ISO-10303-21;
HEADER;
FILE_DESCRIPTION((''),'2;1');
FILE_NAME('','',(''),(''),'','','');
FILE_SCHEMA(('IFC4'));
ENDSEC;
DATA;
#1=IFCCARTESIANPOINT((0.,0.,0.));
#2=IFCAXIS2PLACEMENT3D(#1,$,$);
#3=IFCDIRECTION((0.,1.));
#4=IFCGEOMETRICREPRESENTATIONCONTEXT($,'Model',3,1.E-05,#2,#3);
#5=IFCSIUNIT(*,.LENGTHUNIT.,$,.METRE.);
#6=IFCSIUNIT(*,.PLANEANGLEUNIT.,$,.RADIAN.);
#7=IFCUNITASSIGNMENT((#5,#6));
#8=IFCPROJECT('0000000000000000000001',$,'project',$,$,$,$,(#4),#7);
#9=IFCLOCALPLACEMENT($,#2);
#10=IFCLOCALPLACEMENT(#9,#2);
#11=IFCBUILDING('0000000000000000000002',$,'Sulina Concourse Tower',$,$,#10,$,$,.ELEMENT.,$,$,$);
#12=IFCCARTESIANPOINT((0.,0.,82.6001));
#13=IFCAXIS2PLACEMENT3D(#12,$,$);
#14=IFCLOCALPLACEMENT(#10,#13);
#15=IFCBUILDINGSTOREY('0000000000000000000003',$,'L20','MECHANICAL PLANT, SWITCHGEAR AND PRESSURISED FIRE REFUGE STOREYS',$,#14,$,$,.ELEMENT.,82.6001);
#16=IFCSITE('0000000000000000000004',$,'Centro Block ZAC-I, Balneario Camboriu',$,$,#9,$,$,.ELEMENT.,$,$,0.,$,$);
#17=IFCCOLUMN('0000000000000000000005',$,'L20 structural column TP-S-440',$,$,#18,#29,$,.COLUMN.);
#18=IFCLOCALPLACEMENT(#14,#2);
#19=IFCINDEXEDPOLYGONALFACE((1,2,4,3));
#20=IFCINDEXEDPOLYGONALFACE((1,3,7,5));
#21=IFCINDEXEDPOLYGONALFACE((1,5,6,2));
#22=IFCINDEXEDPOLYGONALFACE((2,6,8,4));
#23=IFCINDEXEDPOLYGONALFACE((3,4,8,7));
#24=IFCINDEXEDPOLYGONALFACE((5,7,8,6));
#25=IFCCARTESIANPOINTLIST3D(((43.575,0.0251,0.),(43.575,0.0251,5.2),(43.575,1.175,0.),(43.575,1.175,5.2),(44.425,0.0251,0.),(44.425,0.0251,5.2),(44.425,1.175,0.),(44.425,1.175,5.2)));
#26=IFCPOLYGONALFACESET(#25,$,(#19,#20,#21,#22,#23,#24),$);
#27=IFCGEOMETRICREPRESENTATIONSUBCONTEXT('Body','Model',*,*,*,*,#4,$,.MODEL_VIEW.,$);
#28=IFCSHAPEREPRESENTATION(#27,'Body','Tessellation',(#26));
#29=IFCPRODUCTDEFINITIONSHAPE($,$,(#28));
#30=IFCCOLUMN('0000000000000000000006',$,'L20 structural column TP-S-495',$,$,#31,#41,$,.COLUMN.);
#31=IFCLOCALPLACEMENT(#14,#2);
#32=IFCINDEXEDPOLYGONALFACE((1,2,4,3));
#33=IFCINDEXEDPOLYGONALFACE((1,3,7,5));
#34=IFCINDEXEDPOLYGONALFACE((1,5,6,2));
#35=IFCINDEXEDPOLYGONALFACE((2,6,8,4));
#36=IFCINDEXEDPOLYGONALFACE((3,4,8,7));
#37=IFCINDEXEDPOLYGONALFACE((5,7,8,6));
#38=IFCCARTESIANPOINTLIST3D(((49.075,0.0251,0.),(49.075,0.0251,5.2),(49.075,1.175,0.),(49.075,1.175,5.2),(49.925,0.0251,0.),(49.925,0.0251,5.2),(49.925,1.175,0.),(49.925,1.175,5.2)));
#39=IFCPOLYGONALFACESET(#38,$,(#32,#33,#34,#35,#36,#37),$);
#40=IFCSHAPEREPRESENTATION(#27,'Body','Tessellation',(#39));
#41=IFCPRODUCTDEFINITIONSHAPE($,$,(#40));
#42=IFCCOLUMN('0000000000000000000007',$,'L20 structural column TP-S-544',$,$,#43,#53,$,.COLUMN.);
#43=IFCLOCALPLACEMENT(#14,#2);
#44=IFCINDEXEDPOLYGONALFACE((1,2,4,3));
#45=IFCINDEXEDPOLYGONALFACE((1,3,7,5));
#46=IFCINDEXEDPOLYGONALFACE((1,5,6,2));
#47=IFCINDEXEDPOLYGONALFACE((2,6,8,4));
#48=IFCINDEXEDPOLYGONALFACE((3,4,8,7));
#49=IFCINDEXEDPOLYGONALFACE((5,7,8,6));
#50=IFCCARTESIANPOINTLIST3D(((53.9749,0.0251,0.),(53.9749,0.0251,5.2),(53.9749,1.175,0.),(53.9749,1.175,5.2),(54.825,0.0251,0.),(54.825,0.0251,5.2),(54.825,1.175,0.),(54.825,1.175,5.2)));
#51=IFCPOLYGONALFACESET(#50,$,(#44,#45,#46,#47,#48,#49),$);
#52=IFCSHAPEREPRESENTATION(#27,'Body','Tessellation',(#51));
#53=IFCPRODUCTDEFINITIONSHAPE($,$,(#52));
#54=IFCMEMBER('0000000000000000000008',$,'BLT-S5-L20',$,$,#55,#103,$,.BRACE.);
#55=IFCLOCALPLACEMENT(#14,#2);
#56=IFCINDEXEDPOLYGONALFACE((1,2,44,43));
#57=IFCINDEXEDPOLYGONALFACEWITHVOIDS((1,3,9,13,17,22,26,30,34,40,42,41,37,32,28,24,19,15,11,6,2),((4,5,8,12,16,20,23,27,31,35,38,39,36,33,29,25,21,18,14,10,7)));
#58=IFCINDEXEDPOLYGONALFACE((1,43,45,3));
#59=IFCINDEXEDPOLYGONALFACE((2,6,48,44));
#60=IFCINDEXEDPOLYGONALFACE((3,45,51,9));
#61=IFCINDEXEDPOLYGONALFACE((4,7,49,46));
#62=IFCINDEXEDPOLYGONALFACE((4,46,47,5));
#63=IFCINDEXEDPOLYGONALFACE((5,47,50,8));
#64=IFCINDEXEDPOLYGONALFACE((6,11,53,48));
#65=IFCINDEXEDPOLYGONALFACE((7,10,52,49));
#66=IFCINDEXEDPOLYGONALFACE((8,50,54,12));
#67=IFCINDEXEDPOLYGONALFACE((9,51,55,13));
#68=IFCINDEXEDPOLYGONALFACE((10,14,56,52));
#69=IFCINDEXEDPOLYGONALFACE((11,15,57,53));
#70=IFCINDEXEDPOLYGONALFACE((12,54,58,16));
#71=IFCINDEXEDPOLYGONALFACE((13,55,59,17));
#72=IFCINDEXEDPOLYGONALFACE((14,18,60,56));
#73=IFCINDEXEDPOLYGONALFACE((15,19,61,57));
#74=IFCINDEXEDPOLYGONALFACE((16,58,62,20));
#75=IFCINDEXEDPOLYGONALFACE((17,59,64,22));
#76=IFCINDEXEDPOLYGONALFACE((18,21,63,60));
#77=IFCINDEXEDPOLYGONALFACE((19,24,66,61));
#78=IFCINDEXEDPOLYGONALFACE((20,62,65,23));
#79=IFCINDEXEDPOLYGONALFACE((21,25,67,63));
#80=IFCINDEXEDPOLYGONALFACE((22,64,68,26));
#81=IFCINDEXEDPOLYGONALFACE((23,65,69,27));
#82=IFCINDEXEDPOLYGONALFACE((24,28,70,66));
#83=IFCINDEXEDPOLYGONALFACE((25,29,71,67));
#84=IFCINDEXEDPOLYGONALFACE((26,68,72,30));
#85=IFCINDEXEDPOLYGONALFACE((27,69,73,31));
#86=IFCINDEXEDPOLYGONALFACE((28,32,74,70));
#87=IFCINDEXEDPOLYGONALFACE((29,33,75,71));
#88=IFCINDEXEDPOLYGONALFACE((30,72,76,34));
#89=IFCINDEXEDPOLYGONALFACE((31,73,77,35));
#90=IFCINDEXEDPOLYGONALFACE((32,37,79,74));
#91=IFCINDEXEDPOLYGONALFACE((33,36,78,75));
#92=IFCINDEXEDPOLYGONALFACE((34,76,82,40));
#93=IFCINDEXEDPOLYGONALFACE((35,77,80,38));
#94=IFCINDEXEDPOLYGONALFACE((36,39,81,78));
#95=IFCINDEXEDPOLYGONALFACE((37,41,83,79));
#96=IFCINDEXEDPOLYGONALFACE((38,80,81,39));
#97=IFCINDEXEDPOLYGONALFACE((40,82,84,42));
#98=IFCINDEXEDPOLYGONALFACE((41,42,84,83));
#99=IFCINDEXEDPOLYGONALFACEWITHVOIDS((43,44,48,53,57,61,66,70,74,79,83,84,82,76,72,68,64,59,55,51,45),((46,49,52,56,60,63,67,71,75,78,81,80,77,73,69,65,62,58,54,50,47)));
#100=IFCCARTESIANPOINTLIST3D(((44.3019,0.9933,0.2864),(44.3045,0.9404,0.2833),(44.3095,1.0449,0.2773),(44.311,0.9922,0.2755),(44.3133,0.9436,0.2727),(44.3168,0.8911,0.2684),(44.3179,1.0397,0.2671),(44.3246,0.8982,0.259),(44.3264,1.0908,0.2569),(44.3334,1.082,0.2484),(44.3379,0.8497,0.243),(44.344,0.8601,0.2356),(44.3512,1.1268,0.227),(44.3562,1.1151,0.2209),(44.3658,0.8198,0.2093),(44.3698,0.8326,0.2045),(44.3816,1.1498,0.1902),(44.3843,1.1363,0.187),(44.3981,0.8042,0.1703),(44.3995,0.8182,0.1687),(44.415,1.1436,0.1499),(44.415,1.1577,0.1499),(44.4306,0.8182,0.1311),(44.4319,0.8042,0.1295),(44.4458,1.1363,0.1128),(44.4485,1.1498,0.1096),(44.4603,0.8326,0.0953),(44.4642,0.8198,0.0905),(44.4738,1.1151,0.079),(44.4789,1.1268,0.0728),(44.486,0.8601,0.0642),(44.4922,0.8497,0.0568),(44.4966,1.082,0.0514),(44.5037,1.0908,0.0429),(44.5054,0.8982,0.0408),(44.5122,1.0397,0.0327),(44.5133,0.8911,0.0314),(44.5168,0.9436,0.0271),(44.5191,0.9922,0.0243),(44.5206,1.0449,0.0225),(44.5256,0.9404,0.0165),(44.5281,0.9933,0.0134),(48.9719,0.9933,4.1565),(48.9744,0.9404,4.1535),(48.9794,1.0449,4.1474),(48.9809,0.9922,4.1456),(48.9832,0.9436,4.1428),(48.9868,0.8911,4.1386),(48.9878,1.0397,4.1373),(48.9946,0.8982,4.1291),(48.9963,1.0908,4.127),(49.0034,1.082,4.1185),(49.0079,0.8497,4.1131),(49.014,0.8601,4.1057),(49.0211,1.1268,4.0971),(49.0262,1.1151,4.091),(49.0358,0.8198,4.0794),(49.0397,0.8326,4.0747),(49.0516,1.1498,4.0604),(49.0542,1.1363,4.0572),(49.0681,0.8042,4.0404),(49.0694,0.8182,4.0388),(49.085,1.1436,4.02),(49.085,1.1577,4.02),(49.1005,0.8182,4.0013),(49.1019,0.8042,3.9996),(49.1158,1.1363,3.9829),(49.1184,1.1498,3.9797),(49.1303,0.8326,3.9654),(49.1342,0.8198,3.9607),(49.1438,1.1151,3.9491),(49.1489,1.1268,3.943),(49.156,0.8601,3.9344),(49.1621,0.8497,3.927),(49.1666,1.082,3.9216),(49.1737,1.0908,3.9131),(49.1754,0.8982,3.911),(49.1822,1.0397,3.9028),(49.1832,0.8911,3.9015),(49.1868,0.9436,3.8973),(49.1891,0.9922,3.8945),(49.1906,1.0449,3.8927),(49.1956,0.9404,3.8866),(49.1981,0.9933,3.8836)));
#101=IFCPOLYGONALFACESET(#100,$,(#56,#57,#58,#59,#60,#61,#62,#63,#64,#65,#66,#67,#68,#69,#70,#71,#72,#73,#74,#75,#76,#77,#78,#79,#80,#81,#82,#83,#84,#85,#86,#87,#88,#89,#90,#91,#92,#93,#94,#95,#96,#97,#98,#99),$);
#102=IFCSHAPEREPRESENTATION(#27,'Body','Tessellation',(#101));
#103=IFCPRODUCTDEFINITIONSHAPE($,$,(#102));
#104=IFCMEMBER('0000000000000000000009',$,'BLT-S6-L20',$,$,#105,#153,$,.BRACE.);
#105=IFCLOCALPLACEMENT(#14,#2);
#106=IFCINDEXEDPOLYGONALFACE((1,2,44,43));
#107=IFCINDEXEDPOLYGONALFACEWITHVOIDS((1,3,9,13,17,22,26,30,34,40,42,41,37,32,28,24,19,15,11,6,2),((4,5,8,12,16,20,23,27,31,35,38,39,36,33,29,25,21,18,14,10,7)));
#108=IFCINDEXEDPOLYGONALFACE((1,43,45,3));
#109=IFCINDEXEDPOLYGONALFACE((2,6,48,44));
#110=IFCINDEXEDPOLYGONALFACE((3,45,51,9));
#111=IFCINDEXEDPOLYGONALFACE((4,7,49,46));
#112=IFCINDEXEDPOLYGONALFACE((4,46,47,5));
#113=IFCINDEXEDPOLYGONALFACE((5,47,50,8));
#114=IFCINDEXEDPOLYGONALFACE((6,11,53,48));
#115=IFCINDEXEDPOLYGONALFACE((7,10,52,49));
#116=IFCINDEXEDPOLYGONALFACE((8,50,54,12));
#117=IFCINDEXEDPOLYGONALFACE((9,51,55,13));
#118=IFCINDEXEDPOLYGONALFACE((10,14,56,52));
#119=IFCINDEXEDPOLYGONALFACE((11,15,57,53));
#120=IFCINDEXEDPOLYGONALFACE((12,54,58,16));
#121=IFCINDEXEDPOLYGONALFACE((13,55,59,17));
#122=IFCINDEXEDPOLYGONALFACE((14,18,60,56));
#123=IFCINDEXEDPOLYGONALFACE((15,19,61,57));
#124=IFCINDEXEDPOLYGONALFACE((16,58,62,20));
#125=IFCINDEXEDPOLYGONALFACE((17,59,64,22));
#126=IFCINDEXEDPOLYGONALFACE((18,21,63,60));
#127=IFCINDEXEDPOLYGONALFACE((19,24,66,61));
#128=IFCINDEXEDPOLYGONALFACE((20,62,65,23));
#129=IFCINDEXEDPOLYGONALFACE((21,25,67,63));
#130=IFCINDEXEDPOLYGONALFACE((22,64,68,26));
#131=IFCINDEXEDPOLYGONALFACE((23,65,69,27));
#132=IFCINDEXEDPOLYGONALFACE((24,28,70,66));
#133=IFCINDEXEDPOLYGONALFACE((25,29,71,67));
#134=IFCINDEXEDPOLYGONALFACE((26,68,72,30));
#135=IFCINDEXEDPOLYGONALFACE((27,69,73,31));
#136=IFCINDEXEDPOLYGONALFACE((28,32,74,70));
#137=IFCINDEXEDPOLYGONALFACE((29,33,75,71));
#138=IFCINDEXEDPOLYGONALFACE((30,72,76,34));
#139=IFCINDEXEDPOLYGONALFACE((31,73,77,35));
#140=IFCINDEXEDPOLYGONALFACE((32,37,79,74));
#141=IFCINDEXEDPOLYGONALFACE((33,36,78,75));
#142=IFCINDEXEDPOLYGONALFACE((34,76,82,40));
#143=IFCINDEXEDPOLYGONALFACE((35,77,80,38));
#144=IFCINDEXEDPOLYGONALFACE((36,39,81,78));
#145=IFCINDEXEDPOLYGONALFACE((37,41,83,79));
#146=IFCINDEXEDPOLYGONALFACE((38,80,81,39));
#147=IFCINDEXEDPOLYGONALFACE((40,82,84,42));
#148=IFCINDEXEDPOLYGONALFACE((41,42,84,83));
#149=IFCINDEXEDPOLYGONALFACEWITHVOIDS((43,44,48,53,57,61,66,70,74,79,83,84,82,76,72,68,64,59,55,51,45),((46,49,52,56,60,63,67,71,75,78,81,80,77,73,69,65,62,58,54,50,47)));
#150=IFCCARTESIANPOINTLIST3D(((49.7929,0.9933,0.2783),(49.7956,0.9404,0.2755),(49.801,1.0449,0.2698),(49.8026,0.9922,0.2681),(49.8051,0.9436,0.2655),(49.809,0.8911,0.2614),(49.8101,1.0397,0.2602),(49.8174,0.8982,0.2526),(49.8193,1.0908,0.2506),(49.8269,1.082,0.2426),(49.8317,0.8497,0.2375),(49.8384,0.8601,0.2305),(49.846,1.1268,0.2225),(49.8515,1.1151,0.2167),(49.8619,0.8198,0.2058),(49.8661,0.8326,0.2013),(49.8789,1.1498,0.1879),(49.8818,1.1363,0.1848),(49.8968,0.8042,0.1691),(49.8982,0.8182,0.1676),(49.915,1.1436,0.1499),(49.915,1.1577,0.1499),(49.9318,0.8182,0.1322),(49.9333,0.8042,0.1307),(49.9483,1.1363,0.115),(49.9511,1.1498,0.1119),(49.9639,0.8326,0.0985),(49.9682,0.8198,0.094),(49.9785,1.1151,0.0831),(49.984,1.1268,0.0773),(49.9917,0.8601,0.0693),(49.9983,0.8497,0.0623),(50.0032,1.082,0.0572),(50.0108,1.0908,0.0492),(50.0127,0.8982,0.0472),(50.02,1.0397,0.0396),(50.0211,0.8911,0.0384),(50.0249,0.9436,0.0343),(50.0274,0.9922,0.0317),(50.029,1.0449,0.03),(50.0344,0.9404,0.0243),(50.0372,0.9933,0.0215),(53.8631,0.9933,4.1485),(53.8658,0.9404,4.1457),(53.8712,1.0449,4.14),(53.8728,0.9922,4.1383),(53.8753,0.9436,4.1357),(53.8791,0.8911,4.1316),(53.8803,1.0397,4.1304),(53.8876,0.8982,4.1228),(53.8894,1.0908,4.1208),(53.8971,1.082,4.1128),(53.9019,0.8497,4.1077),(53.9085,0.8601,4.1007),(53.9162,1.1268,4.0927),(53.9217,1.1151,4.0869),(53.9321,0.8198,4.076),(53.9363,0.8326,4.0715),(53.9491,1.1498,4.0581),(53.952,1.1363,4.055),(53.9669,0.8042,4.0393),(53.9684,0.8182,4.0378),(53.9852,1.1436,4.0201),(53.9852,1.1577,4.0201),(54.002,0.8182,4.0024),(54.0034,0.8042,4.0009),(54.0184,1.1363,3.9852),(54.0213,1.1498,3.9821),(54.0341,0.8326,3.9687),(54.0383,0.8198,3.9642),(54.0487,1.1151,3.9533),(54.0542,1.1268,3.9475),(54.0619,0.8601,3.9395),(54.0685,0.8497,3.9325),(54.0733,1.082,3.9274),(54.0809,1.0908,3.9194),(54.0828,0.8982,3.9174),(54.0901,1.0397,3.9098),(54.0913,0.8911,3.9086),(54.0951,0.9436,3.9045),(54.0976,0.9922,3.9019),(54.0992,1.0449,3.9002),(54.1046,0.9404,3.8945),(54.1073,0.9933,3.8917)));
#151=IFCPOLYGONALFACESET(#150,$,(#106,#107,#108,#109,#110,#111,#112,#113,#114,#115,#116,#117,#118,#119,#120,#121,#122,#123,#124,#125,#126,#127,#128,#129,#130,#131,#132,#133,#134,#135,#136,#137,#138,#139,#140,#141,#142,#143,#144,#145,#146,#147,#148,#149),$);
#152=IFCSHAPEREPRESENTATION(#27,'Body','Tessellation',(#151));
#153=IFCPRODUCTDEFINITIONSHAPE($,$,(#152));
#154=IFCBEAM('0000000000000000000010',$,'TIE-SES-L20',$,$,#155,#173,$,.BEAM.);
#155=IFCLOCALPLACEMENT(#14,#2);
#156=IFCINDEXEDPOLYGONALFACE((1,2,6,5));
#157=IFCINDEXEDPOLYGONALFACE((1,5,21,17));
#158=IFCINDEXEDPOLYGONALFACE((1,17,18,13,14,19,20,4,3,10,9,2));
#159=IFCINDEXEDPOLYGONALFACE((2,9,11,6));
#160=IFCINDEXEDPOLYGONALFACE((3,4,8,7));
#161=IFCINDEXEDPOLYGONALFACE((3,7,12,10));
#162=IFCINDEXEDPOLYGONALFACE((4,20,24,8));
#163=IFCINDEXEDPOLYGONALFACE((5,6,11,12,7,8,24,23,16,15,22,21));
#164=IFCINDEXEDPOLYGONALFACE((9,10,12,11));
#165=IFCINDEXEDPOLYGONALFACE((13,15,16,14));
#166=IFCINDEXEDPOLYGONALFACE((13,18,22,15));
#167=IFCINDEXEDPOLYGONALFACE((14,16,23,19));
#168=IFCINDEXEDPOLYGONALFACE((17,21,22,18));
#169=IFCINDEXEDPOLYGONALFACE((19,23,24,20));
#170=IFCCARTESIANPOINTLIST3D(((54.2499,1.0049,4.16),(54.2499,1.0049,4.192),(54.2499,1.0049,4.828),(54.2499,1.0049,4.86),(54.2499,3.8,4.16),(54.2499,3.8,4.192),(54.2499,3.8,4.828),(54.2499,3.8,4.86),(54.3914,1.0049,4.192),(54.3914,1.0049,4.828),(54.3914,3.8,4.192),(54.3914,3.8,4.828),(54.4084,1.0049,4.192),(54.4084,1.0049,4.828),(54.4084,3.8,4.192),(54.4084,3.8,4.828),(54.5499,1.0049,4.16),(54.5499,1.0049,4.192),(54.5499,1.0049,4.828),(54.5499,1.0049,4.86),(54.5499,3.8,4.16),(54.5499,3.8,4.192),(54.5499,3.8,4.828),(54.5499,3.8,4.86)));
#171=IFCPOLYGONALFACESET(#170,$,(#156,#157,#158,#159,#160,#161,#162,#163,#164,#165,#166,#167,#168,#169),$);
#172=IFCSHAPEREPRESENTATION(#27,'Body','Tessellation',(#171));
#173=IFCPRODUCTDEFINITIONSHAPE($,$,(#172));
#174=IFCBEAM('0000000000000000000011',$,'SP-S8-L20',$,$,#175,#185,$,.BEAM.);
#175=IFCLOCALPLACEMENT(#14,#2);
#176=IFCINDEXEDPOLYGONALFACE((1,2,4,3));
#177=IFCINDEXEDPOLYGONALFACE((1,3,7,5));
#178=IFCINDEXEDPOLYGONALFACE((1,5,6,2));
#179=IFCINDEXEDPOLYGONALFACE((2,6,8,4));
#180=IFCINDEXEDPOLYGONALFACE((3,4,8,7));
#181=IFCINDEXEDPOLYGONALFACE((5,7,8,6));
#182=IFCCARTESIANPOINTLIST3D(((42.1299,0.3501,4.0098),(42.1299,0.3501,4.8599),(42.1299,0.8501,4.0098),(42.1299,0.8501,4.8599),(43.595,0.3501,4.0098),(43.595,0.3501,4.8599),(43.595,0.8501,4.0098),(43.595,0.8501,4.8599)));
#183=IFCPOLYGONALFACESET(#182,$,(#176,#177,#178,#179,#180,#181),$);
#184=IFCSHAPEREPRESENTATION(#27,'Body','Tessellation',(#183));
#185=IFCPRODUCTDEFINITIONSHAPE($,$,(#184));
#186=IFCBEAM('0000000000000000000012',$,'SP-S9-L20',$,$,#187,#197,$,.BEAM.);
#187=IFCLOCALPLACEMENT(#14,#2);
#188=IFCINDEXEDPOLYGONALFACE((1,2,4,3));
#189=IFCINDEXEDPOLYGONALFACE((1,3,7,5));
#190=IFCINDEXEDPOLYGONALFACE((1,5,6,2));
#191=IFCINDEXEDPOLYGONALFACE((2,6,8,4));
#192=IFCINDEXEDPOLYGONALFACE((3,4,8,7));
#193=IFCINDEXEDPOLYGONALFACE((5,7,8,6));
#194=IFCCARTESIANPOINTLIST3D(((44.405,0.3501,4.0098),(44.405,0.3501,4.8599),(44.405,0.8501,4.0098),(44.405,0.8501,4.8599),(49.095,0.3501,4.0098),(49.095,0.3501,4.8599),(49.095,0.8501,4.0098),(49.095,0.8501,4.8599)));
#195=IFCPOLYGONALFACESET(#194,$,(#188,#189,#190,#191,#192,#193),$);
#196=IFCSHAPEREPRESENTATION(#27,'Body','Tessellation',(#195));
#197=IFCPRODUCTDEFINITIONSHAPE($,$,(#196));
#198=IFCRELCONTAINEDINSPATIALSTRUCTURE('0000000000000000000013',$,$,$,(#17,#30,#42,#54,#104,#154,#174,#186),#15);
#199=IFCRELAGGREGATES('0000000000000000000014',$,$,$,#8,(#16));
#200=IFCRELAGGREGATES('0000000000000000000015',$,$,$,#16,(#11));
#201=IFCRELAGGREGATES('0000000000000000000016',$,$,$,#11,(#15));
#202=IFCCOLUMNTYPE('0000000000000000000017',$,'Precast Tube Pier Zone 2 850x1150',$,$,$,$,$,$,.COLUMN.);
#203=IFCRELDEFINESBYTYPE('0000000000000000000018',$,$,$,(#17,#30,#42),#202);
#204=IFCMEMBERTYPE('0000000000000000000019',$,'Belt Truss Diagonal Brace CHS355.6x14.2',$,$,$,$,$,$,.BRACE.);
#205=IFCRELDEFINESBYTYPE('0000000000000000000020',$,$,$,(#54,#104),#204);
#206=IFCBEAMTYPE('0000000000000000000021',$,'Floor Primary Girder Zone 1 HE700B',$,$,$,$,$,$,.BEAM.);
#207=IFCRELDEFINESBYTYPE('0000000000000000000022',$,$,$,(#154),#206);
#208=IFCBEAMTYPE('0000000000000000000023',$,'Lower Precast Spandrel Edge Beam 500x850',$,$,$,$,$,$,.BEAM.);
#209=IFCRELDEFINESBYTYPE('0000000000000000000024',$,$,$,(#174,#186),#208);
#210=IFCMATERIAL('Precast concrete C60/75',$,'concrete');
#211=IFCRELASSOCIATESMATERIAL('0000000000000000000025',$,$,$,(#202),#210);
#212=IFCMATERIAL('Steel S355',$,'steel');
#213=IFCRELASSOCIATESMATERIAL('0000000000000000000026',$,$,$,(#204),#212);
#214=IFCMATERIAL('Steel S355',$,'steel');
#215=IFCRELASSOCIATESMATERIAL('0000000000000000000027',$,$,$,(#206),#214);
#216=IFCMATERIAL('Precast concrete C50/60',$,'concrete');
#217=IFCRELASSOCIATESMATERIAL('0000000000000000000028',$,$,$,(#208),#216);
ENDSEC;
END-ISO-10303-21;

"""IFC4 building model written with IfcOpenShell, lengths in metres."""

from ifc_helpers import new_model, si_unit, direction, frame, origin, origin_2d, place, context, subcontext, project, spatial, rectangle, hollow_circle, i_section, extrude, material, material_profile, profile_set, type_object, element, save


model = new_model("IFC4")

# Units and contexts
model_context = context("Model", 3, precision=1e-05, world=origin(), true_north=direction((0.0, 1.0)))
body_context = subcontext(model_context, "Body", "Model", "MODEL_VIEW")
ifc_project = project(units=[si_unit("LENGTHUNIT", "METRE"), si_unit("PLANEANGLEUNIT", "RADIAN")], contexts=[model_context])

# Site, building, storey
site_placement = place(None, origin())
site = spatial("IfcSite", under=ifc_project, at=site_placement, Name="Centro Block ZAC-I, Balneario Camboriu", CompositionType="ELEMENT", RefElevation=0.0)
building_placement = place(site_placement, origin())
building = spatial("IfcBuilding", under=site, at=building_placement, Name="Sulina Concourse Tower", CompositionType="ELEMENT")
storey_placement = place(building_placement, frame((0.0, 0.0, 82.6001)))
storey = spatial("IfcBuildingStorey", under=building, at=storey_placement, Name="L20", Description="MECHANICAL PLANT, SWITCHGEAR AND PRESSURISED FIRE REFUGE STOREYS", CompositionType="ELEMENT", Elevation=82.6001)

# Columns
ifc_material_1 = material(Name="Precast concrete C60/75", Category="concrete")
ifc_material_profile_1 = material_profile(ifc_material_1, rectangle(XDim=0.8501, YDim=1.1499, at=origin_2d()), Name="PC 850x1150")
ifc_profile_set_1 = profile_set([ifc_material_profile_1], Name="Precast concrete C60/75")
column_type = type_object("IfcColumnType", Name="Precast Tube Pier Zone 2 850x1150", PredefinedType="COLUMN", material=ifc_profile_set_1)
for number, where, z_axis, x_axis, name in (
    (1, (44.0, 0.6001, 0.0), (0.0, 0.0, 1.0), (1.0, 0.0, 0.0), "L20 structural column TP-S-440"),
    (2, (49.5, 0.6001, 0.0), (0.0, 0.0, 1.0), (1.0, 0.0, 0.0), "L20 structural column TP-S-495"),
    (3, (54.3999, 0.6001, 0.0), (0.0, 0.0, 1.0), (1.0, 0.0, 0.0), "L20 structural column TP-S-544"),
):
    element("IfcColumn", number, at=place(storey_placement, frame(where, z_axis=z_axis, x_axis=x_axis)), inside=storey, type_object=column_type, Name=name, PredefinedType="COLUMN", context=body_context, shape_type="SweptSolid", body=[
        extrude(rectangle(XDim=0.8501, YDim=1.1499, at=origin_2d()), origin(), (0.0, 0.0, 1.0), 5.2),
    ])

# Members
ifc_material_2 = material(Name="Steel S355", Category="steel")
ifc_material_profile_2 = material_profile(ifc_material_2, hollow_circle(Radius=0.1777, WallThickness=0.0142, at=origin_2d()), Name="CHS 355.6x14.2")
ifc_profile_set_2 = profile_set([ifc_material_profile_2], Name="Steel S355")
member_type = type_object("IfcMemberType", Name="Belt Truss Diagonal Brace CHS355.6x14.2", PredefinedType="BRACE", material=ifc_profile_set_2)
member_1_placement = place(storey_placement, frame((44.415, 0.98, 0.1499), z_axis=(0.769961, 0.0, 0.638092), x_axis=(0.0, 1.0, 0.0)))
element("IfcMember", 4, at=member_1_placement, inside=storey, type_object=member_type, Name="BLT-S5-L20", PredefinedType="BRACE", context=body_context, shape_type="SweptSolid", body=[
    extrude(hollow_circle(Radius=0.1777, WallThickness=0.0142, at=origin_2d()), origin(), (0.0, 0.0, 1.0), 6.0652),
])
member_2_placement = place(storey_placement, frame((49.915, 0.98, 0.1499), z_axis=(0.724684, 0.0, 0.689082), x_axis=(0.0, 1.0, 0.0)))
element("IfcMember", 5, at=member_2_placement, inside=storey, type_object=member_type, Name="BLT-S6-L20", PredefinedType="BRACE", context=body_context, shape_type="SweptSolid", body=[
    extrude(hollow_circle(Radius=0.1777, WallThickness=0.0142, at=origin_2d()), origin(), (0.0, 0.0, 1.0), 5.6165),
])

# Beams
ifc_material_3 = material(Name="Steel S355", Category="steel")
ifc_material_profile_3 = material_profile(ifc_material_3, i_section(OverallWidth=0.3, OverallDepth=0.7, WebThickness=0.0171, FlangeThickness=0.032, at=origin_2d()), Name="HE 700 B")
ifc_profile_set_3 = profile_set([ifc_material_profile_3], Name="Steel S355")
beam_type_1 = type_object("IfcBeamType", Name="Floor Primary Girder Zone 1 HE700B", PredefinedType="BEAM", material=ifc_profile_set_3)
beam_1_placement = place(storey_placement, frame((54.3999, 1.0049, 4.51), z_axis=(0.0, 1.0, 0.0), x_axis=(-1.0, 0.0, 0.0)))
element("IfcBeam", 6, at=beam_1_placement, inside=storey, type_object=beam_type_1, Name="TIE-SES-L20", PredefinedType="BEAM", context=body_context, shape_type="SweptSolid", body=[
    extrude(i_section(OverallWidth=0.3, OverallDepth=0.7, WebThickness=0.0171, FlangeThickness=0.032, at=origin_2d()), origin(), (0.0, 0.0, 1.0), 2.7952),
])
ifc_material_4 = material(Name="Precast concrete C50/60", Category="concrete")
ifc_material_profile_4 = material_profile(ifc_material_4, rectangle(XDim=0.5, YDim=0.8501, at=origin_2d()), Name="RC 500x850")
ifc_profile_set_4 = profile_set([ifc_material_profile_4], Name="Precast concrete C50/60")
beam_type_2 = type_object("IfcBeamType", Name="Lower Precast Spandrel Edge Beam 500x850", PredefinedType="BEAM", material=ifc_profile_set_4)
beam_2_placement = place(storey_placement, frame((42.1299, 0.6001, 4.4348), z_axis=(1.0, 0.0, 0.0), x_axis=(0.0, 1.0, 0.0)))
element("IfcBeam", 7, at=beam_2_placement, inside=storey, type_object=beam_type_2, Name="SP-S8-L20", PredefinedType="BEAM", context=body_context, shape_type="SweptSolid", body=[
    extrude(rectangle(XDim=0.5, YDim=0.8501, at=origin_2d()), origin(), (0.0, 0.0, 1.0), 1.4651),
])
beam_3_placement = place(storey_placement, frame((44.405, 0.6001, 4.4348), z_axis=(1.0, 0.0, 0.0), x_axis=(0.0, 1.0, 0.0)))
element("IfcBeam", 8, at=beam_3_placement, inside=storey, type_object=beam_type_2, Name="SP-S9-L20", PredefinedType="BEAM", context=body_context, shape_type="SweptSolid", body=[
    extrude(rectangle(XDim=0.5, YDim=0.8501, at=origin_2d()), origin(), (0.0, 0.0, 1.0), 4.6899),
])

save(model, "model.ifc")
